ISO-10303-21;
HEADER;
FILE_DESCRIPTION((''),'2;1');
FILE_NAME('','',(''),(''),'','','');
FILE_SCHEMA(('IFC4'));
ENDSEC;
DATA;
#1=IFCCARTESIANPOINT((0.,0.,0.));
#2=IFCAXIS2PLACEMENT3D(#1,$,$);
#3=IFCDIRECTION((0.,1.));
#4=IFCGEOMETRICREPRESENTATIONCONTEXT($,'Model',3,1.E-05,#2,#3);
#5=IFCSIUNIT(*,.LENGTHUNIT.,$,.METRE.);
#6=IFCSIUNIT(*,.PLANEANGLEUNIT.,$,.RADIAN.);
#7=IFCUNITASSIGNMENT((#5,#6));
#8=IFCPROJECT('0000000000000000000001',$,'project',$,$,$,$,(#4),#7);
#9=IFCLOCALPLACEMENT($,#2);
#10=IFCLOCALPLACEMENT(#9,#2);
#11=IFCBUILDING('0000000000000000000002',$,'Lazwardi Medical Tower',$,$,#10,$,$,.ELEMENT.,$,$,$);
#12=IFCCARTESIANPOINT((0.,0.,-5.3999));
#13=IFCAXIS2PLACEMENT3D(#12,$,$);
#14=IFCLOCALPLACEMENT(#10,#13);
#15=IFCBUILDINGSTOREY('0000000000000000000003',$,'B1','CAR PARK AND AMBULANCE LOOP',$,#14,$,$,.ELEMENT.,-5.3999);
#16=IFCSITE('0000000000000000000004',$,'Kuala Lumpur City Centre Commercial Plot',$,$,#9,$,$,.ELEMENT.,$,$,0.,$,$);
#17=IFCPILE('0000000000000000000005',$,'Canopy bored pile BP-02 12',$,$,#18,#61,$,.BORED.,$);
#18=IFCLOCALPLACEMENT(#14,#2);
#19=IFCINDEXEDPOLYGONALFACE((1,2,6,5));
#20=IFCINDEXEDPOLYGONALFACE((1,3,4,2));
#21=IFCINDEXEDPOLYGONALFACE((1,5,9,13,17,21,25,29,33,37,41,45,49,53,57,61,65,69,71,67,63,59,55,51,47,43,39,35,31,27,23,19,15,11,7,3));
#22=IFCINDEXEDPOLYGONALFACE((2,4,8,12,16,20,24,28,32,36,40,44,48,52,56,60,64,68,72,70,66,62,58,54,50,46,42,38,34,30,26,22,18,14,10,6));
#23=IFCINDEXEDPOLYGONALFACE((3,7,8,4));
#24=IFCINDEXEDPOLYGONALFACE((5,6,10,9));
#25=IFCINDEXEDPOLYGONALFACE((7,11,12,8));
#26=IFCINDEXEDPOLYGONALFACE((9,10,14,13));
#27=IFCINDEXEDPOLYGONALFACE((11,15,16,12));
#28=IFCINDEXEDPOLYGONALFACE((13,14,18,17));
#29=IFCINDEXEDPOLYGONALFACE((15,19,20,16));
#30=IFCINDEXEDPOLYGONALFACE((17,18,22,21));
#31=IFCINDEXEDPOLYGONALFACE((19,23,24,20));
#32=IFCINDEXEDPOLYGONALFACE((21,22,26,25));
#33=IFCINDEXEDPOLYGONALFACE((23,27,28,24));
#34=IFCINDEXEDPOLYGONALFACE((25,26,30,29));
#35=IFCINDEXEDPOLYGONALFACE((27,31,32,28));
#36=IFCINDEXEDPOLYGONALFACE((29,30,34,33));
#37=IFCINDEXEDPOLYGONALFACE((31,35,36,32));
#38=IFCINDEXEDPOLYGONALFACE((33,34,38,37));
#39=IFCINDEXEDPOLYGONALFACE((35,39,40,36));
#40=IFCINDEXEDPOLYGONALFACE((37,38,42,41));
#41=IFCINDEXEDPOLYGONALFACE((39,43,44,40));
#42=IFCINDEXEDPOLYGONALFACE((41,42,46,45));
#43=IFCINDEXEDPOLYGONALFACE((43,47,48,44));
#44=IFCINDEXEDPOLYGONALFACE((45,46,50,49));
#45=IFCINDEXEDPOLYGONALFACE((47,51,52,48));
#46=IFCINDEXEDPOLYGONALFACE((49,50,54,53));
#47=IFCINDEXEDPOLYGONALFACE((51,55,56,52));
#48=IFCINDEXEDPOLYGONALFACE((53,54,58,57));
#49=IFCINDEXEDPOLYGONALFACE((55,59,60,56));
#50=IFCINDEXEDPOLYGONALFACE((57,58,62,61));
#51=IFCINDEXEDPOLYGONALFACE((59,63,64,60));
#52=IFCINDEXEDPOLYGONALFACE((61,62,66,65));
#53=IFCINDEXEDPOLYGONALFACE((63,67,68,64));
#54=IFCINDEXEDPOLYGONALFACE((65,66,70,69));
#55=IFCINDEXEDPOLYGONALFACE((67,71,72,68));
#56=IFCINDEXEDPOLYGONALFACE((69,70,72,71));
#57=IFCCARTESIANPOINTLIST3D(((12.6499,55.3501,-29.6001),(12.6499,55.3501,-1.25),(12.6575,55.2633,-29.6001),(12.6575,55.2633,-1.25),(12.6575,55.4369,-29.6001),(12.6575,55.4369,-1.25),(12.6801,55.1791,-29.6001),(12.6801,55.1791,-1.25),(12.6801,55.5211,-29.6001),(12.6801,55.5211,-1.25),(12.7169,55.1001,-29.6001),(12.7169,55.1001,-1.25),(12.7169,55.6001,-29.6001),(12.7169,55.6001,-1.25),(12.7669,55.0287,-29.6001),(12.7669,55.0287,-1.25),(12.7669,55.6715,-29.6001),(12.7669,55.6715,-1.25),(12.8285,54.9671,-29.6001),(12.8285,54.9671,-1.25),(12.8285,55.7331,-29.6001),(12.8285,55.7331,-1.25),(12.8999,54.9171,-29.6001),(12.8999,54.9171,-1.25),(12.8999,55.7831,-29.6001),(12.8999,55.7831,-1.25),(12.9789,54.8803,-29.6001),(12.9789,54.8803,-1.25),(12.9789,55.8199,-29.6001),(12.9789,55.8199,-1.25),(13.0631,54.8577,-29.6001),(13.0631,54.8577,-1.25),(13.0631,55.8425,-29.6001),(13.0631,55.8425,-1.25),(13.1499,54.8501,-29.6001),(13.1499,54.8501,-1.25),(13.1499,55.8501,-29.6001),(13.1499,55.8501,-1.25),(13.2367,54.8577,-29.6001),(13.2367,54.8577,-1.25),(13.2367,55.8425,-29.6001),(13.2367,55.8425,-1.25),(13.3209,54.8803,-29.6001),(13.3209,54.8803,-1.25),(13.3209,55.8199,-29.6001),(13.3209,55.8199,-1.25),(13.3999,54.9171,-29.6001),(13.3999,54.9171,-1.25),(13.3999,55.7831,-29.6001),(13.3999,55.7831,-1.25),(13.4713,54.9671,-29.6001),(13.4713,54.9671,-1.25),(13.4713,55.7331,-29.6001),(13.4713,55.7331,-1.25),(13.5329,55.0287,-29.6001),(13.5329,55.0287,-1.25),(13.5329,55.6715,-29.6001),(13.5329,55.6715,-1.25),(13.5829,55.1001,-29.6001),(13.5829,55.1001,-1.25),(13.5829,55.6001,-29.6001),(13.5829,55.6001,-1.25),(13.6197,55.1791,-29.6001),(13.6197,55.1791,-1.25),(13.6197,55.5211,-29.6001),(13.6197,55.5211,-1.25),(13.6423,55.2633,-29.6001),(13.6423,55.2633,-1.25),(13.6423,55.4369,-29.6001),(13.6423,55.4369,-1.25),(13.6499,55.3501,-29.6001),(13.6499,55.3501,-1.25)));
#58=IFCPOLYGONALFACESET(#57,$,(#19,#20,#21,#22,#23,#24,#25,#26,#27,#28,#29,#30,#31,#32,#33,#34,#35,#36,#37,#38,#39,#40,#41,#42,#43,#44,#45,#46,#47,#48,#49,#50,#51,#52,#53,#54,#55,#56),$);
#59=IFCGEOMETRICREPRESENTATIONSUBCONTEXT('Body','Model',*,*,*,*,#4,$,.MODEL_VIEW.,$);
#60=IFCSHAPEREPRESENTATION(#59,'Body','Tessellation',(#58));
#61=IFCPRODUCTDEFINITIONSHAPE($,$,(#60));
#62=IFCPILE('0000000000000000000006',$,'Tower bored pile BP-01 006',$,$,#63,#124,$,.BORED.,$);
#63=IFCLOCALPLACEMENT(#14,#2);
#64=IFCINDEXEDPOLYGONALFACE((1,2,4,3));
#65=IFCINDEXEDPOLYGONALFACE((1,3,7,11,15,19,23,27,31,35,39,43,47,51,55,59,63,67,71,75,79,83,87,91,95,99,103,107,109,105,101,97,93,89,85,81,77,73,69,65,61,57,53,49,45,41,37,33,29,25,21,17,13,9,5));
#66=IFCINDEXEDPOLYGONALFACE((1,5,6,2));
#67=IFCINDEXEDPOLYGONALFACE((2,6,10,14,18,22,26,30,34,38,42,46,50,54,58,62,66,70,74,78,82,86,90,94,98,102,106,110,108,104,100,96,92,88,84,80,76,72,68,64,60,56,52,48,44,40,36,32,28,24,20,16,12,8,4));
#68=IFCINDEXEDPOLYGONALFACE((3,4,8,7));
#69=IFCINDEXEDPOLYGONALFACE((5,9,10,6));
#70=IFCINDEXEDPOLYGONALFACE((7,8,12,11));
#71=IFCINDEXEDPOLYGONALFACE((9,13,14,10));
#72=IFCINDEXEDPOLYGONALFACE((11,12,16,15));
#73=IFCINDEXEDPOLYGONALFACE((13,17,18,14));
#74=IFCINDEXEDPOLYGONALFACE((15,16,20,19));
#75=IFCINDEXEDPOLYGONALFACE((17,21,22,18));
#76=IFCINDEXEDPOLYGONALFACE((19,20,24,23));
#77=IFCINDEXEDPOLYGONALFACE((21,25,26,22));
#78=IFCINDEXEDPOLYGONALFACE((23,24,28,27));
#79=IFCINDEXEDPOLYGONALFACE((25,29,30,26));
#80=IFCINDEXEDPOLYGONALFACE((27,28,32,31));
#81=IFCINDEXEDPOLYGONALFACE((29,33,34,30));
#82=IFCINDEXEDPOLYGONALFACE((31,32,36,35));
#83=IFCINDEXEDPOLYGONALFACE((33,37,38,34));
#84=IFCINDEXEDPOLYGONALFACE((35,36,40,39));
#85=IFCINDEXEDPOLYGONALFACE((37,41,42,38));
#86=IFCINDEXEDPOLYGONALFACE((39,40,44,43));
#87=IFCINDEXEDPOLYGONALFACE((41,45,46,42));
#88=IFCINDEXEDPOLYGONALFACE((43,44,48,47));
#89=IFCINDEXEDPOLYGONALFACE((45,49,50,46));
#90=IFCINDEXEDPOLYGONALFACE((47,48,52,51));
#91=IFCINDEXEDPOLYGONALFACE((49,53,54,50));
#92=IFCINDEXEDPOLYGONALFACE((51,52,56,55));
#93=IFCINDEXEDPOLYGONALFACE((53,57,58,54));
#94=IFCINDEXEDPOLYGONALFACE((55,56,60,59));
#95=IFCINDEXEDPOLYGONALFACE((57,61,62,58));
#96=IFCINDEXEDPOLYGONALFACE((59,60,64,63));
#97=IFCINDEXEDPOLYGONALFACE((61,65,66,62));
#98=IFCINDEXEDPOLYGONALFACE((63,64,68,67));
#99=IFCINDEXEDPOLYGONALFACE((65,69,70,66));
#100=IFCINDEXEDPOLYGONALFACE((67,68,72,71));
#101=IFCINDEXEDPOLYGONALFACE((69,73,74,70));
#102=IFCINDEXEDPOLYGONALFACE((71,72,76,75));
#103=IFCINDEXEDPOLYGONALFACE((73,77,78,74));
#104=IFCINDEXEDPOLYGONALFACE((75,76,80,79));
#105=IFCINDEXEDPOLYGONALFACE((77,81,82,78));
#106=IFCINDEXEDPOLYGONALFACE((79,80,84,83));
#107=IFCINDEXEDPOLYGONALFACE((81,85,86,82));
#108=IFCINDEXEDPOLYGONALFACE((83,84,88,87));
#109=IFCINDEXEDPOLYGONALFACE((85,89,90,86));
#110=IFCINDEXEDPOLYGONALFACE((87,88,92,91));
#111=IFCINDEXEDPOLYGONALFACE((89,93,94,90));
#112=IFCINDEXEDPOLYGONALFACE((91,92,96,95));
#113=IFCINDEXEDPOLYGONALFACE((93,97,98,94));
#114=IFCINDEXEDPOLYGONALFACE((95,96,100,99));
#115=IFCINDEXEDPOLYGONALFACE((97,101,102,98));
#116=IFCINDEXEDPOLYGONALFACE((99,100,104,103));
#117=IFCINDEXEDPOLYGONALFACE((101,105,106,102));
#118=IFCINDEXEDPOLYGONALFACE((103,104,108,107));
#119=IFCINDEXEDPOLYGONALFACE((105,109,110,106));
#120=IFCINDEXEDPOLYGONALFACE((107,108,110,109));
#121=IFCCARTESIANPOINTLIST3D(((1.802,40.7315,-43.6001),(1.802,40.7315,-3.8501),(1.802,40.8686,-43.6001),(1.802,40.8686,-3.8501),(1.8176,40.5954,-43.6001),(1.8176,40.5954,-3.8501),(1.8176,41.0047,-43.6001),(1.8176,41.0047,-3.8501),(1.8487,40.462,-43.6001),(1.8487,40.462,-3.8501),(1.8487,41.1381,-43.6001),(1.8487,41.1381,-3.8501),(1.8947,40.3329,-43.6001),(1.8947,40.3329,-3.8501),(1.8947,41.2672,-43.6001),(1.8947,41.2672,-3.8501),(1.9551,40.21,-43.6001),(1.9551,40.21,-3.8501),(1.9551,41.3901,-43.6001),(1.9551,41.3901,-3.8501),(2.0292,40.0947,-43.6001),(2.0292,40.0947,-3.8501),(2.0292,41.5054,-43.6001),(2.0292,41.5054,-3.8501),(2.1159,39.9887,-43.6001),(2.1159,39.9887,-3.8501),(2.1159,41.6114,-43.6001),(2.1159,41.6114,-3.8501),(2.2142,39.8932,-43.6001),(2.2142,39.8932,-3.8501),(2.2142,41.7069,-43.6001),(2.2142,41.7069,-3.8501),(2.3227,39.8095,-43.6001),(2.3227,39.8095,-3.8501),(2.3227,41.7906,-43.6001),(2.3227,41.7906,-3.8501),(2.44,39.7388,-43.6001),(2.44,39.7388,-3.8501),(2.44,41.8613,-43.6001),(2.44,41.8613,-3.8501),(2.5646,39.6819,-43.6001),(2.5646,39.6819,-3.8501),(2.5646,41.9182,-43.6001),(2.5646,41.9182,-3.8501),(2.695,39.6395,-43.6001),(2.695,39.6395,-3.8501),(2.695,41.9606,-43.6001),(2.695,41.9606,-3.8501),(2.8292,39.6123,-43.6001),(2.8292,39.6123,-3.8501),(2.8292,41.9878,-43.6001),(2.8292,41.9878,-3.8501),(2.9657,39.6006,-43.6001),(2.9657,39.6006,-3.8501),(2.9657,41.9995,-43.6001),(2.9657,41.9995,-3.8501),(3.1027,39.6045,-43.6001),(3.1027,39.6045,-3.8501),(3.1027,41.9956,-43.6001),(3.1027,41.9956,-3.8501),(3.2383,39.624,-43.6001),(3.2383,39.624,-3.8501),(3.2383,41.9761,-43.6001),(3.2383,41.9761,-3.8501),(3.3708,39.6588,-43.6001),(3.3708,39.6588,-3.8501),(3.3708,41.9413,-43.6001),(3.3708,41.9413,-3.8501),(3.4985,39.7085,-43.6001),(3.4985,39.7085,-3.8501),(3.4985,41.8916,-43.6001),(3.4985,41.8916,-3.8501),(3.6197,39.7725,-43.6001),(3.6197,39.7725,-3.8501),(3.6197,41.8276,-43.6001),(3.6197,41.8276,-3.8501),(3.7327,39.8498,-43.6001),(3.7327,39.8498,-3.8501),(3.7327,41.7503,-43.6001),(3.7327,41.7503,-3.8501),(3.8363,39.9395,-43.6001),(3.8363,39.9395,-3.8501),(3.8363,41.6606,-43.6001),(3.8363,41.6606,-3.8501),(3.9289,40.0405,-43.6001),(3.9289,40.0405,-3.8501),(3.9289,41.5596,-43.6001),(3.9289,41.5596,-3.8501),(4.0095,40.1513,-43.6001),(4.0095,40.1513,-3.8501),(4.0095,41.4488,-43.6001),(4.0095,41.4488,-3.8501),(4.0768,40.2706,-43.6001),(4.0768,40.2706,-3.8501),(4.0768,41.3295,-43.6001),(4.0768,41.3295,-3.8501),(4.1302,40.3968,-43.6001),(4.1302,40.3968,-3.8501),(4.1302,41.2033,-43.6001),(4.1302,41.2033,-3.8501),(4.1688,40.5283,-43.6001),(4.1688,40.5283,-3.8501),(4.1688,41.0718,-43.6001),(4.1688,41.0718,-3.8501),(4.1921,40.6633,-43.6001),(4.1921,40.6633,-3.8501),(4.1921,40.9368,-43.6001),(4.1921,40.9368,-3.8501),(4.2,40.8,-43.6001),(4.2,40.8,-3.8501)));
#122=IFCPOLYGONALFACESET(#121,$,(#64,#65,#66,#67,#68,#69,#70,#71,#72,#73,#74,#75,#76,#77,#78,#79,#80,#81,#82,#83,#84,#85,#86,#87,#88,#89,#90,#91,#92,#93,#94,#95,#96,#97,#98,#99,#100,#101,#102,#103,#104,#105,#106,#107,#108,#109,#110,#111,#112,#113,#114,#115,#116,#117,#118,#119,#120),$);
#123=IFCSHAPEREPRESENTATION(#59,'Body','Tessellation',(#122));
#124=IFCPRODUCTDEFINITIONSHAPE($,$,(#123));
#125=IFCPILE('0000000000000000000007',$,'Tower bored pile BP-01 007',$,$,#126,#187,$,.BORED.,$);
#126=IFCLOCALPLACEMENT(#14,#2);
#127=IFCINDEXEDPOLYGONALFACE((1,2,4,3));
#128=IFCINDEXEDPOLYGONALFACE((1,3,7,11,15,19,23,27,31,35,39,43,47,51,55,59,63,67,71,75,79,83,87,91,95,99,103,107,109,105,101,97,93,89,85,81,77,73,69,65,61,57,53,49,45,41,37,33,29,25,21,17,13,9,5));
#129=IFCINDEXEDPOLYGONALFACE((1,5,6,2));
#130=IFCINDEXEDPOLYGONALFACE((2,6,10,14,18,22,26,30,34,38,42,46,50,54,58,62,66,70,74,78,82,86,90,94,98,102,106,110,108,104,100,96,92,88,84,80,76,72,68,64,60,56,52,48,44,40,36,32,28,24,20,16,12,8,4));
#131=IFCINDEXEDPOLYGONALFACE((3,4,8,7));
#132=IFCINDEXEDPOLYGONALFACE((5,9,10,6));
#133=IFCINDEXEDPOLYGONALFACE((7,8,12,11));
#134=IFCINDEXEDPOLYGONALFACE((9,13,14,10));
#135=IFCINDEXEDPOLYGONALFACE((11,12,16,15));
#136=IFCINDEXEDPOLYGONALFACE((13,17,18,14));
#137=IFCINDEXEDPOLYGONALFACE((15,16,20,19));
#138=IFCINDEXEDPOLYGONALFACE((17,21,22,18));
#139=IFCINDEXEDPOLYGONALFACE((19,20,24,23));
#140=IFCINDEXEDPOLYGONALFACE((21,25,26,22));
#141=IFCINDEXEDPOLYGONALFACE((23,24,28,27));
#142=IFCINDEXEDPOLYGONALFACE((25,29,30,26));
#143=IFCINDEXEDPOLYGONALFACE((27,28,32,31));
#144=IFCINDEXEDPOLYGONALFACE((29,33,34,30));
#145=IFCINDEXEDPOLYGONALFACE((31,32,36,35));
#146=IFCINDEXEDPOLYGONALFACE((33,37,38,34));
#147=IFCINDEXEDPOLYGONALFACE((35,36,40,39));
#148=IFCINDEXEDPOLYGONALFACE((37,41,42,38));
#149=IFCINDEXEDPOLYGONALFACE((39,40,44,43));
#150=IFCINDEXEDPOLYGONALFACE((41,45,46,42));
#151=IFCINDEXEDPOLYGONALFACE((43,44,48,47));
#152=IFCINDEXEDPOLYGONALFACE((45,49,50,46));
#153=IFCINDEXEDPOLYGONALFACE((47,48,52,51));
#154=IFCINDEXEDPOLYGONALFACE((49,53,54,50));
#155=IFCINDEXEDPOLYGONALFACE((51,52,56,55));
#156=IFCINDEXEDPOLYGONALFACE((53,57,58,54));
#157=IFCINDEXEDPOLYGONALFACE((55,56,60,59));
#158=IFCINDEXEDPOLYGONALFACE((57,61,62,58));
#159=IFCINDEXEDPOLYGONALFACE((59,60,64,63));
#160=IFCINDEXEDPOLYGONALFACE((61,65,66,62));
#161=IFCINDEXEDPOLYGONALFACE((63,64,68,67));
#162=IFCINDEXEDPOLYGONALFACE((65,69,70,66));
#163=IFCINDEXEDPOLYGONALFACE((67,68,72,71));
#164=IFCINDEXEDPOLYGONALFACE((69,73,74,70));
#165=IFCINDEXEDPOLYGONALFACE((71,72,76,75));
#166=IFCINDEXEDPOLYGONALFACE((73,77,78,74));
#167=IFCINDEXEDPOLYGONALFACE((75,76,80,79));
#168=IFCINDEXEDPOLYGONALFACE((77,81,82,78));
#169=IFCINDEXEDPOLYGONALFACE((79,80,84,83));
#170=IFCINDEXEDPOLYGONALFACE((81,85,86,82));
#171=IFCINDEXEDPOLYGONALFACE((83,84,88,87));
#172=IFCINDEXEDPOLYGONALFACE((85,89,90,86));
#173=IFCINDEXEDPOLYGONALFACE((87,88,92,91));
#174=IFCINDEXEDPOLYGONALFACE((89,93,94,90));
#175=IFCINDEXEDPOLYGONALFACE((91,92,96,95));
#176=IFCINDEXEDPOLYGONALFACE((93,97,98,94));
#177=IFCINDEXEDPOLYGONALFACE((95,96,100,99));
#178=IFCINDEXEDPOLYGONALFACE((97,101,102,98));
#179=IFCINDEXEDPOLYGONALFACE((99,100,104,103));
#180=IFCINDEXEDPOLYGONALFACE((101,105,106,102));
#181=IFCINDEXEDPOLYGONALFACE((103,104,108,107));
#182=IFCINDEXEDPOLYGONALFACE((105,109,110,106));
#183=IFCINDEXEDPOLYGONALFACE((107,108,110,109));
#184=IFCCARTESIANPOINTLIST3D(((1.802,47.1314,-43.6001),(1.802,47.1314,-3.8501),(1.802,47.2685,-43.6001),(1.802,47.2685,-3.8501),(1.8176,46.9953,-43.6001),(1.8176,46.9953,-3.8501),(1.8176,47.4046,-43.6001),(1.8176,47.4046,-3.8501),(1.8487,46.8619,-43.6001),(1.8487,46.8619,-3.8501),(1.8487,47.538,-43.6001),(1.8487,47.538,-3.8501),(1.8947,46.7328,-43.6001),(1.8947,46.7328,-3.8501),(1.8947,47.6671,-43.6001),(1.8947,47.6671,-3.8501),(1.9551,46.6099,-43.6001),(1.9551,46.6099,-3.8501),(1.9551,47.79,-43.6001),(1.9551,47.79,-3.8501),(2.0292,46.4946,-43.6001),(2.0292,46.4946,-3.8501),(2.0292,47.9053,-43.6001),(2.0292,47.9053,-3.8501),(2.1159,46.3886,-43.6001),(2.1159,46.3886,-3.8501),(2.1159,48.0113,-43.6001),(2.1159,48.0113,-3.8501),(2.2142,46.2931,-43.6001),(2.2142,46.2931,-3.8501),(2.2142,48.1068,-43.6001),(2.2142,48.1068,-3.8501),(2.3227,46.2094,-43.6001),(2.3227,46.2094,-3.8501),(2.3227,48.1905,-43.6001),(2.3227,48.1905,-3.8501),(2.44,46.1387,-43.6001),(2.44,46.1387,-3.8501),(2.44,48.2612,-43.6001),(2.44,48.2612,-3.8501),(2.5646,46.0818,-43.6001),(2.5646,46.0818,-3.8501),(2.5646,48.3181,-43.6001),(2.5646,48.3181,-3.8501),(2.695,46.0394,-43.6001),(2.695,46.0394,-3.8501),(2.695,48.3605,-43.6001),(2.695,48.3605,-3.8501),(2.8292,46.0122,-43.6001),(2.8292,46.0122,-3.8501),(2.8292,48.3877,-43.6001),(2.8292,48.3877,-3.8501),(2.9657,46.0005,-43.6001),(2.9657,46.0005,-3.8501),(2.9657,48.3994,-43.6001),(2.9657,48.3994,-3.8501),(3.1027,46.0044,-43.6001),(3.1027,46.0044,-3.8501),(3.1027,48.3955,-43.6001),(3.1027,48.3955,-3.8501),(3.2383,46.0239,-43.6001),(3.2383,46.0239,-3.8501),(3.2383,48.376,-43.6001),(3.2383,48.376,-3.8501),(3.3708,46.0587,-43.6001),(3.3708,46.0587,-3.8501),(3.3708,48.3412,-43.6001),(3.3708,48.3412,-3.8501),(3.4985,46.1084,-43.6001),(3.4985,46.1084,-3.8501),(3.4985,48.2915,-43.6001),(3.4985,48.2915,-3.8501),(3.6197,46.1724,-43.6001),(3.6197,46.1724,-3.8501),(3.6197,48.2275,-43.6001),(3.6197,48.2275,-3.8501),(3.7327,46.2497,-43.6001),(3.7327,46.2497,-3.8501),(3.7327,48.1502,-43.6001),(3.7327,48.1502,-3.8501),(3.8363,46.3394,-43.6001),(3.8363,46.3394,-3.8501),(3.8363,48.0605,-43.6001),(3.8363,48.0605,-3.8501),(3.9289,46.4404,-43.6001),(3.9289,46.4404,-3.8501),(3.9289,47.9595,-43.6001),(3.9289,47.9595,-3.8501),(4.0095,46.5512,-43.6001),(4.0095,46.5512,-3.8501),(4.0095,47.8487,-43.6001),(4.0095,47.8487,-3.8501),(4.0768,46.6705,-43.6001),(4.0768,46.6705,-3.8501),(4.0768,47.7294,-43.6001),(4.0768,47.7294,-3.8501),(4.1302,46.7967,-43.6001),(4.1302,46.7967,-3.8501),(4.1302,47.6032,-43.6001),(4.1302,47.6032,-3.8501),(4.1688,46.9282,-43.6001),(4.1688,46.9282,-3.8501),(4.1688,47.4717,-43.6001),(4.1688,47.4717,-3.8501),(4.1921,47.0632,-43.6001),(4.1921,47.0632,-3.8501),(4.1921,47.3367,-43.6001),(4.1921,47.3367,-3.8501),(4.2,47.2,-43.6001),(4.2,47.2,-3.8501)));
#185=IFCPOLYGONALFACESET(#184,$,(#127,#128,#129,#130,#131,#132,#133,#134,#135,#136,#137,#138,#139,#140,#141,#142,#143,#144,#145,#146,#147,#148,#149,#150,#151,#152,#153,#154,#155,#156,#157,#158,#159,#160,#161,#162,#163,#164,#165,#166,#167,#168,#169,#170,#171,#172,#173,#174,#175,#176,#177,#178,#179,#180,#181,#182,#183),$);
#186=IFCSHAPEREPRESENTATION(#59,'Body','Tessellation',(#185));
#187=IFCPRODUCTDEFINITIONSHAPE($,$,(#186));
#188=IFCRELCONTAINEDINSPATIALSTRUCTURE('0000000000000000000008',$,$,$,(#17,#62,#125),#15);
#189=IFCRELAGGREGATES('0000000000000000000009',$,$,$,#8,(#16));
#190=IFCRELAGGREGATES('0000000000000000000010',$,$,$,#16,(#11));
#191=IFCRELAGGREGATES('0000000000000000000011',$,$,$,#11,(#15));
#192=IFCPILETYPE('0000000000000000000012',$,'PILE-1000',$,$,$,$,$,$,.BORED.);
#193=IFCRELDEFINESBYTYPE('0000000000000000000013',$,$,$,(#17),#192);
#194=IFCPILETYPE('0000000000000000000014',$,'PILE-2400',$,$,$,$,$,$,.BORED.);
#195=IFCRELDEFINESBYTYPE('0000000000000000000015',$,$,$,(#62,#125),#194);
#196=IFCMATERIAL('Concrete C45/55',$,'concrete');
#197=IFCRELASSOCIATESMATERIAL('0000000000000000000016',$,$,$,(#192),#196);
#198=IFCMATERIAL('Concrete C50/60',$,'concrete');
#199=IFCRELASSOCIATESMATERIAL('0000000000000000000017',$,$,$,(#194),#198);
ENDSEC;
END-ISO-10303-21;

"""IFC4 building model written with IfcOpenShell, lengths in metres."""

from ifc_helpers import new_model, si_unit, direction, frame, origin, origin_2d, place, context, subcontext, project, spatial, circle, extrude, material, material_profile, profile_set, type_object, element, save


model = new_model("IFC4")

# Units and contexts
model_context = context("Model", 3, precision=1e-05, world=origin(), true_north=direction((0.0, 1.0)))
body_context = subcontext(model_context, "Body", "Model", "MODEL_VIEW")
ifc_project = project(units=[si_unit("LENGTHUNIT", "METRE"), si_unit("PLANEANGLEUNIT", "RADIAN")], contexts=[model_context])

# Site, building, storey
site_placement = place(None, origin())
site = spatial("IfcSite", under=ifc_project, at=site_placement, Name="Kuala Lumpur City Centre Commercial Plot", CompositionType="ELEMENT", RefElevation=0.0)
building_placement = place(site_placement, origin())
building = spatial("IfcBuilding", under=site, at=building_placement, Name="Lazwardi Medical Tower", CompositionType="ELEMENT")
storey_placement = place(building_placement, frame((0.0, 0.0, -5.3999)))
storey = spatial("IfcBuildingStorey", under=building, at=storey_placement, Name="B1", Description="CAR PARK AND AMBULANCE LOOP", CompositionType="ELEMENT", Elevation=-5.3999)

# Shared definitions
ifc_material_1 = material(Name="Concrete C45/55", Category="concrete")

# Piles
ifc_material_profile_1 = material_profile(ifc_material_1, circle(Radius=0.5, at=origin_2d()), Name="BORED PILE D1000")
ifc_profile_set_1 = profile_set([ifc_material_profile_1], Name="Concrete C45/55")
pile_type_1 = type_object("IfcPileType", Name="PILE-1000", PredefinedType="BORED", material=ifc_profile_set_1)
for number, where, z_axis, x_axis, name in (
    (1, (13.1499, 55.3501, -1.25), (0.0, 0.0, -1.0), (1.0, 0.0, 0.0), "Canopy bored pile BP-02 12"),
):
    element("IfcPile", number, at=place(storey_placement, frame(where, z_axis=z_axis, x_axis=x_axis)), inside=storey, type_object=pile_type_1, Name=name, PredefinedType="BORED", context=body_context, shape_type="SweptSolid", body=[
        extrude(circle(Radius=0.5, at=origin_2d()), origin(), (0.0, 0.0, 1.0), 28.3501),
    ])
ifc_material_2 = material(Name="Concrete C50/60", Category="concrete")
ifc_material_profile_2 = material_profile(ifc_material_2, circle(Radius=1.2, at=origin_2d()), Name="BORED PILE D2400")
ifc_profile_set_2 = profile_set([ifc_material_profile_2], Name="Concrete C50/60")
pile_type_2 = type_object("IfcPileType", Name="PILE-2400", PredefinedType="BORED", material=ifc_profile_set_2)
for number, where, z_axis, x_axis, name in (
    (2, (3.0, 40.8, -3.8501), (0.0, 0.0, -1.0), (1.0, 0.0, 0.0), "Tower bored pile BP-01 006"),
    (3, (3.0, 47.2, -3.8501), (0.0, 0.0, -1.0), (1.0, 0.0, 0.0), "Tower bored pile BP-01 007"),
):
    element("IfcPile", number, at=place(storey_placement, frame(where, z_axis=z_axis, x_axis=x_axis)), inside=storey, type_object=pile_type_2, Name=name, PredefinedType="BORED", context=body_context, shape_type="SweptSolid", body=[
        extrude(circle(Radius=1.2, at=origin_2d()), origin(), (0.0, 0.0, 1.0), 39.75),
    ])

save(model, "model.ifc")
